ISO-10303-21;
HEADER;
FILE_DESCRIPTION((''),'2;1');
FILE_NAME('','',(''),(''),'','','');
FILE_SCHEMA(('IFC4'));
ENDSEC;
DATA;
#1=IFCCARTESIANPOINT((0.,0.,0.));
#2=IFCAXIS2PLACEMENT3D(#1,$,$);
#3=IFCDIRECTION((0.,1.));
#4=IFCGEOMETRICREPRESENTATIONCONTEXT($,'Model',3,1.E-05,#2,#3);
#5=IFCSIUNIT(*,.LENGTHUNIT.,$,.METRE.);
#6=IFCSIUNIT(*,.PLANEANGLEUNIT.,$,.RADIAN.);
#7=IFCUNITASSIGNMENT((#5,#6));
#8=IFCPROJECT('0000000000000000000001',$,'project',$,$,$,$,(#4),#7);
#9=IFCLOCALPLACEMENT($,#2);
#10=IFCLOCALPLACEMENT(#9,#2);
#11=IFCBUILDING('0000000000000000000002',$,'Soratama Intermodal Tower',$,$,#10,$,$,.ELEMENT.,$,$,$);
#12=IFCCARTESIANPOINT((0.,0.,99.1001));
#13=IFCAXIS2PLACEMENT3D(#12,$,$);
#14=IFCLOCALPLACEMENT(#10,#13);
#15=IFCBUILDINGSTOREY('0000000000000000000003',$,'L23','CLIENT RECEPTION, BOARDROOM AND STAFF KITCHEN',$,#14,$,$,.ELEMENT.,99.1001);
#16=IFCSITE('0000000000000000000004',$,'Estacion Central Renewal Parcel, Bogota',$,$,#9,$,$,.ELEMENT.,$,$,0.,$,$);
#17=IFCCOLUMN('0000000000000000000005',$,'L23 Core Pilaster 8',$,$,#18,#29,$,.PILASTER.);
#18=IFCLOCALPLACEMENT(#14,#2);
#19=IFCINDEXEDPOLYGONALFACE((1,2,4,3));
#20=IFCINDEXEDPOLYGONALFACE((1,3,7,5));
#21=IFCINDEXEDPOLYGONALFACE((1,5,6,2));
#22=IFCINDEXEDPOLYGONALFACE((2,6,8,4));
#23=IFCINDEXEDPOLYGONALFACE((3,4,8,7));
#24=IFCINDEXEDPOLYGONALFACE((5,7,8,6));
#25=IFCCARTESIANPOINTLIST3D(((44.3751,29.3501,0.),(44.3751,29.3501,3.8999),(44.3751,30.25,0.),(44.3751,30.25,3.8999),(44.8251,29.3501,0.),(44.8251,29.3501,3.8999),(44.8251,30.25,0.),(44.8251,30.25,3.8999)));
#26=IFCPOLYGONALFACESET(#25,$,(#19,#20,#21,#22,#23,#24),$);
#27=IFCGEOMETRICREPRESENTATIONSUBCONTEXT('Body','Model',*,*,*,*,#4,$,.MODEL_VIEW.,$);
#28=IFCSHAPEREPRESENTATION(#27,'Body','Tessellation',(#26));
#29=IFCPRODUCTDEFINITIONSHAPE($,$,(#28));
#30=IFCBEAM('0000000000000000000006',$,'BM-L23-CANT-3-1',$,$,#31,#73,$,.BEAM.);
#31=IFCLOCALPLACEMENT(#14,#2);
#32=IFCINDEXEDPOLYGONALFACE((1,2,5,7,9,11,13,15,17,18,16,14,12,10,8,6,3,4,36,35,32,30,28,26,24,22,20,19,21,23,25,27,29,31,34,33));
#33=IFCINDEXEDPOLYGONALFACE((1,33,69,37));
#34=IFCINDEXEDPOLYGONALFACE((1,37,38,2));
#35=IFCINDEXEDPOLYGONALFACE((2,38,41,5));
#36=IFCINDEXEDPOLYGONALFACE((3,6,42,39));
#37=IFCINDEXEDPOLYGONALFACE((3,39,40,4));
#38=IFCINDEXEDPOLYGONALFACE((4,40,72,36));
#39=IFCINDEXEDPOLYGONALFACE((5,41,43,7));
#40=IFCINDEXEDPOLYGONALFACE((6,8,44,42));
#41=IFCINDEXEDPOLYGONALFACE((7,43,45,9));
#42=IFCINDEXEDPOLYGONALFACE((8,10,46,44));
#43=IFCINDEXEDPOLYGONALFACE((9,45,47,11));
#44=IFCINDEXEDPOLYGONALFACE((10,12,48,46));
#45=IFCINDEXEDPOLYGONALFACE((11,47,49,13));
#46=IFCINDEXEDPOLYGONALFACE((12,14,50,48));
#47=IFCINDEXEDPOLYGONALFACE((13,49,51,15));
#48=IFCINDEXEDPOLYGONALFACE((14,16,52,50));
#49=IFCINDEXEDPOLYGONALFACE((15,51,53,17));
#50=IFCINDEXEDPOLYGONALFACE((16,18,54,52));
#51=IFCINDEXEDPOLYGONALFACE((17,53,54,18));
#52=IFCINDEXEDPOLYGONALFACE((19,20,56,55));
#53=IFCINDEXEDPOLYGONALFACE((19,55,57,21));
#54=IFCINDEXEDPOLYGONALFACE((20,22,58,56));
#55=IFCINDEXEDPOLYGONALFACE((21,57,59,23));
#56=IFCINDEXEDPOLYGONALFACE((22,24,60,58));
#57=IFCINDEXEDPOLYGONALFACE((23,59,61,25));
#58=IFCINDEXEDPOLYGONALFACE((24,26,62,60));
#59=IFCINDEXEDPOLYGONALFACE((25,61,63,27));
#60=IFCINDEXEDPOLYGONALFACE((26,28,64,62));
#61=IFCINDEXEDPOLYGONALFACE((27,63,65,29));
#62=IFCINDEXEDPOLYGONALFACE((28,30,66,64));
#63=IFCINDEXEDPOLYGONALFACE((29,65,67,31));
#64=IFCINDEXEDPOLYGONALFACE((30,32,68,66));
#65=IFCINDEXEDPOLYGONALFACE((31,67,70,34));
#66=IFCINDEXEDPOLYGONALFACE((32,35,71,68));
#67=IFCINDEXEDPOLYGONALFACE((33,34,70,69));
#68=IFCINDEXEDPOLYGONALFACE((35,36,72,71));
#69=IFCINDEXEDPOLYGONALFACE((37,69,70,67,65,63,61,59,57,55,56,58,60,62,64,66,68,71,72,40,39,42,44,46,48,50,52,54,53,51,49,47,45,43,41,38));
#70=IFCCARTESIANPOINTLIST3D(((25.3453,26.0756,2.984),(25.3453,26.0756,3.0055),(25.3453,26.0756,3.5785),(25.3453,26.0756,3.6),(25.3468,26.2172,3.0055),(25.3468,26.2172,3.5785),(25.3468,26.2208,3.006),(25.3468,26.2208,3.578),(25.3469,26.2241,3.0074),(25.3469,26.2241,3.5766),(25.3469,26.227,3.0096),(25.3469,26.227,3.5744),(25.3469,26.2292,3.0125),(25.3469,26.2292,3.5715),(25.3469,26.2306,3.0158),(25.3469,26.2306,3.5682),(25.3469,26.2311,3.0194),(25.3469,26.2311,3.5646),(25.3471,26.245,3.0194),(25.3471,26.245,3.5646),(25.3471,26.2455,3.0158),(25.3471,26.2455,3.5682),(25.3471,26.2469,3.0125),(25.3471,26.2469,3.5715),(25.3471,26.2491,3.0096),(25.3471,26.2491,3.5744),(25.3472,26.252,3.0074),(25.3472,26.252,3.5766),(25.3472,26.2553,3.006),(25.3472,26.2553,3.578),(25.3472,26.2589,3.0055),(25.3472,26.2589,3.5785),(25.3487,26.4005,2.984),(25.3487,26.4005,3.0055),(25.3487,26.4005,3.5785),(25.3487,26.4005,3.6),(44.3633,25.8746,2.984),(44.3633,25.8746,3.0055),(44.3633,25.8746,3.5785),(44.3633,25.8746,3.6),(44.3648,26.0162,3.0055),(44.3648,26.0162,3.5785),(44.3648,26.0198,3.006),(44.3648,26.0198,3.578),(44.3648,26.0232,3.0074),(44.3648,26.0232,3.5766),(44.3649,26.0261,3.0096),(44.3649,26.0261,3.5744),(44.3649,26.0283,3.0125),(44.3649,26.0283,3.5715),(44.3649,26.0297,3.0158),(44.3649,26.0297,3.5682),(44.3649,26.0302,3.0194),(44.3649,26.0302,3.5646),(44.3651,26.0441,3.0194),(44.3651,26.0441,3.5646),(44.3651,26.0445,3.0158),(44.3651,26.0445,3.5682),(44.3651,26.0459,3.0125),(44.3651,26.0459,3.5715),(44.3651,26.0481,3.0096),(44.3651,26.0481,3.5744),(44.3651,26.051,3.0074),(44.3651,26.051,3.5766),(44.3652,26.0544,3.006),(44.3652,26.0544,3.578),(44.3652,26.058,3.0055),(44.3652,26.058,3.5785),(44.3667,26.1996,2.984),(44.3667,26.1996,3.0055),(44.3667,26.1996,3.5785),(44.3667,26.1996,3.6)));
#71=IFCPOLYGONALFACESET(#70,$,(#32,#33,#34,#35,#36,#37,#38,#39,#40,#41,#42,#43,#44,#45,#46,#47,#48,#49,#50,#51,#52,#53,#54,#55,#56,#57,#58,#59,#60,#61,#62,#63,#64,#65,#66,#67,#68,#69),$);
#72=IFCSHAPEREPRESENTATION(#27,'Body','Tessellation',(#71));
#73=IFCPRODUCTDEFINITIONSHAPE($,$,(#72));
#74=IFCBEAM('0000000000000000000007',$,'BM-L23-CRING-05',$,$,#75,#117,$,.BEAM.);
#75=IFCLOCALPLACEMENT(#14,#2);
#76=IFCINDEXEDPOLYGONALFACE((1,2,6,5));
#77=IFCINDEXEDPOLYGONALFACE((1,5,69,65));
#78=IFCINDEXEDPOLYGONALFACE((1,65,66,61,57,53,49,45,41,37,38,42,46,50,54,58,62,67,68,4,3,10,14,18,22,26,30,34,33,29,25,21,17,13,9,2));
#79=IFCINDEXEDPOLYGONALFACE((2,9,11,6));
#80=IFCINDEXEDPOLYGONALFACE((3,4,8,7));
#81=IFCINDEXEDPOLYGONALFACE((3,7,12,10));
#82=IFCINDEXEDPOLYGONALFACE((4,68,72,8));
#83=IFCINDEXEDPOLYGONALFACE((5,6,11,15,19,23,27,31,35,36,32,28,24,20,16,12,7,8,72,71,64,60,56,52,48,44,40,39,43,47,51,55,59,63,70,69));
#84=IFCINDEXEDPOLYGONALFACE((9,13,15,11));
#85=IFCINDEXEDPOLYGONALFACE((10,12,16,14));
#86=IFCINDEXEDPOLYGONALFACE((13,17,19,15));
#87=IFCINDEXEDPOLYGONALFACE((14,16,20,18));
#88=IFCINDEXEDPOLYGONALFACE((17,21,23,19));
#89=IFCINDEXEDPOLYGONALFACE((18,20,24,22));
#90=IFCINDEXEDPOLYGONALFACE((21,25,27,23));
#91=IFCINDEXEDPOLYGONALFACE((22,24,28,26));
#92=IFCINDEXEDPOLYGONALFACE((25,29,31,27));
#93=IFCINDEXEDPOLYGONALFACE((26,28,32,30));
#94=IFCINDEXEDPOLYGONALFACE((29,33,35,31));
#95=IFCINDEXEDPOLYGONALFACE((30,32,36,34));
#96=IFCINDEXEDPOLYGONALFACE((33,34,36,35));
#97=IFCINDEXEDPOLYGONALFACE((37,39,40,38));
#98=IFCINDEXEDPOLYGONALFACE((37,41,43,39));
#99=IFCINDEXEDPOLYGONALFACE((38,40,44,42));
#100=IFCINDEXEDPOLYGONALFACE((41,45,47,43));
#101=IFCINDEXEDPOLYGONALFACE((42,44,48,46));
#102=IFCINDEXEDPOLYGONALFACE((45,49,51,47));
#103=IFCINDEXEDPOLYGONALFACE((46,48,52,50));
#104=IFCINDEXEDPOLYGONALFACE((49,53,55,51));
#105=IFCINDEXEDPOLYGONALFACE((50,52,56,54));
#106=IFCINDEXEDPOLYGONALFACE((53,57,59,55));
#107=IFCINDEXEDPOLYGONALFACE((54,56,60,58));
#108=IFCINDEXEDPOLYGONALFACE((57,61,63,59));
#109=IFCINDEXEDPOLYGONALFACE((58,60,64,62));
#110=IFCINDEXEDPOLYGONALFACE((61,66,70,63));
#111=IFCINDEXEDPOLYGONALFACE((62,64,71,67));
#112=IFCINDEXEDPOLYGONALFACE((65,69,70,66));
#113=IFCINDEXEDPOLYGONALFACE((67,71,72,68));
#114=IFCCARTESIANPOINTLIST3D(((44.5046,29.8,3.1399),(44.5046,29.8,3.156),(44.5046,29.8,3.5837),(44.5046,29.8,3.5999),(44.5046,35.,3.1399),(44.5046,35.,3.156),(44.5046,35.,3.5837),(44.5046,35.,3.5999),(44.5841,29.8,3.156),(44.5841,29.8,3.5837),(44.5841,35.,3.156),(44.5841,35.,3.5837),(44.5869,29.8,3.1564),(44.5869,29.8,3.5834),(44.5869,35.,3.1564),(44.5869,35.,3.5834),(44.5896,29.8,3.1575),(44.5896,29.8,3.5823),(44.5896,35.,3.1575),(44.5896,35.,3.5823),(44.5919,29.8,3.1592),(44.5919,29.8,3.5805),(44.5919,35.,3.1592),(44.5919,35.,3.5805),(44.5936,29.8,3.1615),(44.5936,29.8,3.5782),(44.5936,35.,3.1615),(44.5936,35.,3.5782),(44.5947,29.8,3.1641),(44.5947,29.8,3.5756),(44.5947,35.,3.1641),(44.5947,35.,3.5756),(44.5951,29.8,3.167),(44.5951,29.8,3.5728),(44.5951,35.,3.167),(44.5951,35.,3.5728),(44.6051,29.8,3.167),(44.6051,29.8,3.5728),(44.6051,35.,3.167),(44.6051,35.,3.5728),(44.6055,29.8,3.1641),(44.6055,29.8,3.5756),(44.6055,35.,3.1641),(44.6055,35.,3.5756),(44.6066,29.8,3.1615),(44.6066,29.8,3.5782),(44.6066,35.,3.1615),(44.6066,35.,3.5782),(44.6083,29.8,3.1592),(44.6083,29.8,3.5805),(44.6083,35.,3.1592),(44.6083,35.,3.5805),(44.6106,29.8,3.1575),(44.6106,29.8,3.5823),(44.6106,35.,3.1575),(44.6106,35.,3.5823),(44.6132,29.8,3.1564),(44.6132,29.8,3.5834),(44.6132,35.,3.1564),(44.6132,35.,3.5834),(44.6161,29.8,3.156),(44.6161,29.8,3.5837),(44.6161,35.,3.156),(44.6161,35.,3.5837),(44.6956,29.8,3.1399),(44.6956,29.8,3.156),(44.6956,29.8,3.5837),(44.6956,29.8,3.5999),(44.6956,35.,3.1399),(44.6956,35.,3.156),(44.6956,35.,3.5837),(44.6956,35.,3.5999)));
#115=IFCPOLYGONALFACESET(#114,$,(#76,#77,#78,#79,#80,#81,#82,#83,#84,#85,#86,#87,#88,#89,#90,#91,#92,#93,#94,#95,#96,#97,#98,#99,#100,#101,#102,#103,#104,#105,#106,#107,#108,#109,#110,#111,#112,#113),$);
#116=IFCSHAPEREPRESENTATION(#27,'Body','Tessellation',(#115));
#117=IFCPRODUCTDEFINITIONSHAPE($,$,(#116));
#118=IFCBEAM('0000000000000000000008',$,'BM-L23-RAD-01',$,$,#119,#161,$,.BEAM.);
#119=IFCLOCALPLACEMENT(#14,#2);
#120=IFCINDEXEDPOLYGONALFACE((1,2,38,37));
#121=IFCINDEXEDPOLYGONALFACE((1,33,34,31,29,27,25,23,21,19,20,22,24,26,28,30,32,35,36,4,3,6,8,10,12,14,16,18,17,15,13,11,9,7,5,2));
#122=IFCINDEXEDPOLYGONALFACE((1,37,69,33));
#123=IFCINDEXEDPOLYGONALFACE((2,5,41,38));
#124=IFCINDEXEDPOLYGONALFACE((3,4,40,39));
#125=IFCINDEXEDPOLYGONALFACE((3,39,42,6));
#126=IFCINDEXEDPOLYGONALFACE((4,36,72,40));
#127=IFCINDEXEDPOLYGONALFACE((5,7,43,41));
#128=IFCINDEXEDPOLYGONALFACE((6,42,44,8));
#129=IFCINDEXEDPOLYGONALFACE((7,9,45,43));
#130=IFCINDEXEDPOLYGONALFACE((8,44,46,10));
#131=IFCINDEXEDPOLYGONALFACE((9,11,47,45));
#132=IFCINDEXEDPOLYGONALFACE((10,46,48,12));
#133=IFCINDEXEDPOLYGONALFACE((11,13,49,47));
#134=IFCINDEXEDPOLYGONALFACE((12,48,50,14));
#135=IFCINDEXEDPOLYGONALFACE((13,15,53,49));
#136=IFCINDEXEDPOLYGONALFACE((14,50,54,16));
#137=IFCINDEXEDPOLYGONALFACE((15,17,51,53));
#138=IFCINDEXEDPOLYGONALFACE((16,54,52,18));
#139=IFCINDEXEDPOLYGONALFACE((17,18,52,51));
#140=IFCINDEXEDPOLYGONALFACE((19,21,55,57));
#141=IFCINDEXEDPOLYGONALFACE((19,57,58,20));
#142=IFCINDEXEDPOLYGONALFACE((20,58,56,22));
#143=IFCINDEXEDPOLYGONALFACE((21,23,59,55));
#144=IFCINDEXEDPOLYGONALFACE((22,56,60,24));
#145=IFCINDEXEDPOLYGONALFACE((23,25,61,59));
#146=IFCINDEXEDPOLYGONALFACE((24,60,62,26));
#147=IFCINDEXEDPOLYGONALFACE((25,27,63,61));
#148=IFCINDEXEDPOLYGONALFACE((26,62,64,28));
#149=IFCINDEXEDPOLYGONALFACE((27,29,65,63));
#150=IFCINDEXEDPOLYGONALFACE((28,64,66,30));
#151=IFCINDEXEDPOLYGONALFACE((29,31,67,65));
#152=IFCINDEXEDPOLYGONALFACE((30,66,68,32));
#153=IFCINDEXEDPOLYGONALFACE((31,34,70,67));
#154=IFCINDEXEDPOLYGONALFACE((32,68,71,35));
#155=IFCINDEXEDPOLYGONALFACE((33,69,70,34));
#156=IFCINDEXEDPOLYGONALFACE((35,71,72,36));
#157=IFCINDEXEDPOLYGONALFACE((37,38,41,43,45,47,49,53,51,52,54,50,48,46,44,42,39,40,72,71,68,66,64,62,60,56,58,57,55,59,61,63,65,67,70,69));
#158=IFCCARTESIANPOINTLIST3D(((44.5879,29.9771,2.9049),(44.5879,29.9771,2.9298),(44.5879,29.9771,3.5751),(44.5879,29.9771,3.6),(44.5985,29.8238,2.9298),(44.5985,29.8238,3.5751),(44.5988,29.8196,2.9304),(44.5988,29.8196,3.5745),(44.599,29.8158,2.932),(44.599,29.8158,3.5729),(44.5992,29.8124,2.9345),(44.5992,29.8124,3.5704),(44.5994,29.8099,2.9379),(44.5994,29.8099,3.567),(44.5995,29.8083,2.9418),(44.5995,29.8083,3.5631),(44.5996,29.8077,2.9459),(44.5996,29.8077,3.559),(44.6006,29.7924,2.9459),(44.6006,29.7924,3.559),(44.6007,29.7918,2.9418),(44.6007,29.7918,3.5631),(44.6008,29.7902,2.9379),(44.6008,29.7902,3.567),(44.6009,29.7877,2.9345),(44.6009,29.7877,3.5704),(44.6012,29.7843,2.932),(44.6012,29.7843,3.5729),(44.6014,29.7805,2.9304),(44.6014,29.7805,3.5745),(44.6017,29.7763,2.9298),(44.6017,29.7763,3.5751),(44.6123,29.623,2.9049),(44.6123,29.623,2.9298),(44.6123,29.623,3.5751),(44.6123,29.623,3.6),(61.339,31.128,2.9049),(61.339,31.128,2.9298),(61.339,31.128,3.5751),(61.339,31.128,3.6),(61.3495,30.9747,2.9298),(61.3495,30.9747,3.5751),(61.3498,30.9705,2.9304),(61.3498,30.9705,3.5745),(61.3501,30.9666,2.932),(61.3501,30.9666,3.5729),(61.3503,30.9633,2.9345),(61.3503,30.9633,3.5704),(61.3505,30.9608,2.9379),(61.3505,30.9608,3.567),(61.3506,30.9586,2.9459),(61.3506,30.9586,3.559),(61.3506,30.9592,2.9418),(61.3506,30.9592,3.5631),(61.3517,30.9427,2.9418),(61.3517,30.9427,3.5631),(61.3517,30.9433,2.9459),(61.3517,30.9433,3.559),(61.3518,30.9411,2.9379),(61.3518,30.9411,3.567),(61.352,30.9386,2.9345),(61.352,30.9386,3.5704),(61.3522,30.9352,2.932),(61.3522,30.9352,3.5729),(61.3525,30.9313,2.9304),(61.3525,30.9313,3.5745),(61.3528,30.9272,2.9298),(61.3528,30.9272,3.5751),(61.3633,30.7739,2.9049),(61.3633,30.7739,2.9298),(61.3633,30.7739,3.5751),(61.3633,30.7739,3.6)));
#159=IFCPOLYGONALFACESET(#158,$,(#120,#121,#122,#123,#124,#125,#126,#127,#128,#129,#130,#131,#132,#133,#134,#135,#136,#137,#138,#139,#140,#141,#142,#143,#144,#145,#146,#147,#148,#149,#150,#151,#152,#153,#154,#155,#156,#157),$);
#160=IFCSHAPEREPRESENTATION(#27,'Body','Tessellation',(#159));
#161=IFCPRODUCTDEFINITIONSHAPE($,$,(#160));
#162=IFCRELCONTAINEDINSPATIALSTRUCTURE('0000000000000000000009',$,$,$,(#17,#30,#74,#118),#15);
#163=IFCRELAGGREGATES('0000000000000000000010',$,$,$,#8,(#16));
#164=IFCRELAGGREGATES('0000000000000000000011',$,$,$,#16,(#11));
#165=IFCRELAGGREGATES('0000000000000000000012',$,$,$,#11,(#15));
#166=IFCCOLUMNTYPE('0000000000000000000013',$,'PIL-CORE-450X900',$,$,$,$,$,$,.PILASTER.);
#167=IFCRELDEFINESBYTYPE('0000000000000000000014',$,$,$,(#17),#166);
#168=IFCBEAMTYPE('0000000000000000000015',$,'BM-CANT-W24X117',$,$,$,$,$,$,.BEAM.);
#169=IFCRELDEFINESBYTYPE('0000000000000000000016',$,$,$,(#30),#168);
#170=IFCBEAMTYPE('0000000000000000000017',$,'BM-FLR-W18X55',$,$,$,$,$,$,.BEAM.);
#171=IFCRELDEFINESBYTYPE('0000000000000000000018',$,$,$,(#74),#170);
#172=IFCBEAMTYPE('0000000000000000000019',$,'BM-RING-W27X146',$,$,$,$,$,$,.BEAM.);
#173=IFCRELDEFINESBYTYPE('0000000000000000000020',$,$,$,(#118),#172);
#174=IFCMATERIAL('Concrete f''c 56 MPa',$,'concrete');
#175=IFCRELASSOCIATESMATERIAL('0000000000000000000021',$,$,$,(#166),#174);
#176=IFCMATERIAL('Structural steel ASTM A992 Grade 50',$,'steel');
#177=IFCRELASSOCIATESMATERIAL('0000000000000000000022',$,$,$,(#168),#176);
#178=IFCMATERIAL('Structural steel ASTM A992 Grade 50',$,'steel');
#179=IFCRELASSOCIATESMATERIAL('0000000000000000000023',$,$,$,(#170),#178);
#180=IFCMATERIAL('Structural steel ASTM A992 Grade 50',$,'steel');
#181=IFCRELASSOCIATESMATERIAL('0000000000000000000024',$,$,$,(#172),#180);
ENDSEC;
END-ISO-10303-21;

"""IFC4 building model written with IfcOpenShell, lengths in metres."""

from ifc_helpers import new_model, si_unit, direction, frame, origin, origin_2d, place, context, subcontext, project, spatial, rectangle, i_section, extrude, material, material_profile, profile_set, type_object, element, save


model = new_model("IFC4")

# Units and contexts
model_context = context("Model", 3, precision=1e-05, world=origin(), true_north=direction((0.0, 1.0)))
body_context = subcontext(model_context, "Body", "Model", "MODEL_VIEW")
ifc_project = project(units=[si_unit("LENGTHUNIT", "METRE"), si_unit("PLANEANGLEUNIT", "RADIAN")], contexts=[model_context])

# Site, building, storey
site_placement = place(None, origin())
site = spatial("IfcSite", under=ifc_project, at=site_placement, Name="Estacion Central Renewal Parcel, Bogota", CompositionType="ELEMENT", RefElevation=0.0)
building_placement = place(site_placement, origin())
building = spatial("IfcBuilding", under=site, at=building_placement, Name="Soratama Intermodal Tower", CompositionType="ELEMENT")
storey_placement = place(building_placement, frame((0.0, 0.0, 99.1001)))
storey = spatial("IfcBuildingStorey", under=building, at=storey_placement, Name="L23", Description="CLIENT RECEPTION, BOARDROOM AND STAFF KITCHEN", CompositionType="ELEMENT", Elevation=99.1001)

# Column
ifc_material_1 = material(Name="Concrete f'c 56 MPa", Category="concrete")
ifc_material_profile_1 = material_profile(ifc_material_1, rectangle(XDim=0.45, YDim=0.8999, at=origin_2d()), Name="RC450X900")
ifc_profile_set_1 = profile_set([ifc_material_profile_1], Name="Concrete f'c 56 MPa")
column_type = type_object("IfcColumnType", Name="PIL-CORE-450X900", PredefinedType="PILASTER", material=ifc_profile_set_1)
column_placement = place(storey_placement, frame((44.6001, 29.8, 0.0), z_axis=(0.0, 0.0, 1.0), x_axis=(1.0, 0.0, 0.0)))
element("IfcColumn", 1, at=column_placement, inside=storey, type_object=column_type, Name="L23 Core Pilaster 8", PredefinedType="PILASTER", context=body_context, shape_type="SweptSolid", body=[
    extrude(rectangle(XDim=0.45, YDim=0.8999, at=origin_2d()), origin(), (0.0, 0.0, 1.0), 3.8999),
])

# Beams
ifc_material_2 = material(Name="Structural steel ASTM A992 Grade 50", Category="steel")
ifc_material_profile_2 = material_profile(ifc_material_2, i_section(OverallWidth=0.325, OverallDepth=0.616, WebThickness=0.0139, FlangeThickness=0.0215, FilletRadius=0.0139, at=origin_2d()), Name="W24X117")
ifc_profile_set_2 = profile_set([ifc_material_profile_2], Name="Structural steel ASTM A992 Grade 50")
beam_type_1 = type_object("IfcBeamType", Name="BM-CANT-W24X117", PredefinedType="BEAM", material=ifc_profile_set_2)
beam_1_placement = place(storey_placement, frame((44.365, 26.0371, 3.292), z_axis=(-0.999944, 0.010565, 0.0), x_axis=(-0.010565, -0.999944, 0.0)))
element("IfcBeam", 2, at=beam_1_placement, inside=storey, type_object=beam_type_1, Name="BM-L23-CANT-3-1", PredefinedType="BEAM", context=body_context, shape_type="SweptSolid", body=[
    extrude(i_section(OverallWidth=0.325, OverallDepth=0.616, WebThickness=0.0139, FlangeThickness=0.0215, FilletRadius=0.0139, at=origin_2d()), origin(), (0.0, 0.0, 1.0), 19.019),
])
ifc_material_3 = material(Name="Structural steel ASTM A992 Grade 50", Category="steel")
ifc_material_profile_3 = material_profile(ifc_material_3, i_section(OverallWidth=0.1909, OverallDepth=0.46, WebThickness=0.01, FlangeThickness=0.0161, FilletRadius=0.011, at=origin_2d()), Name="W18X55")
ifc_profile_set_3 = profile_set([ifc_material_profile_3], Name="Structural steel ASTM A992 Grade 50")
beam_type_2 = type_object("IfcBeamType", Name="BM-FLR-W18X55", PredefinedType="BEAM", material=ifc_profile_set_3)
beam_2_placement = place(storey_placement, frame((44.6001, 29.8, 3.3699), z_axis=(0.0, 1.0, 0.0), x_axis=(-1.0, 0.0, 0.0)))
element("IfcBeam", 3, at=beam_2_placement, inside=storey, type_object=beam_type_2, Name="BM-L23-CRING-05", PredefinedType="BEAM", context=body_context, shape_type="SweptSolid", body=[
    extrude(i_section(OverallWidth=0.1909, OverallDepth=0.46, WebThickness=0.01, FlangeThickness=0.0161, FilletRadius=0.011, at=origin_2d()), origin(), (0.0, 0.0, 1.0), 5.2),
])
ifc_material_4 = material(Name="Structural steel ASTM A992 Grade 50", Category="steel")
ifc_material_profile_4 = material_profile(ifc_material_4, i_section(OverallWidth=0.355, OverallDepth=0.6951, WebThickness=0.0154, FlangeThickness=0.0249, FilletRadius=0.0161, at=origin_2d()), Name="W27X146")
ifc_profile_set_4 = profile_set([ifc_material_profile_4], Name="Structural steel ASTM A992 Grade 50")
beam_type_3 = type_object("IfcBeamType", Name="BM-RING-W27X146", PredefinedType="BEAM", material=ifc_profile_set_4)
beam_3_placement = place(storey_placement, frame((44.6001, 29.8, 3.2524), z_axis=(0.997648, 0.068544, 0.0), x_axis=(-0.068544, 0.997648, 0.0)))
element("IfcBeam", 4, at=beam_3_placement, inside=storey, type_object=beam_type_3, Name="BM-L23-RAD-01", PredefinedType="BEAM", context=body_context, shape_type="SweptSolid", body=[
    extrude(i_section(OverallWidth=0.355, OverallDepth=0.6951, WebThickness=0.0154, FlangeThickness=0.0249, FilletRadius=0.0161, at=origin_2d()), origin(), (0.0, 0.0, 1.0), 16.7905),
])

save(model, "model.ifc")
